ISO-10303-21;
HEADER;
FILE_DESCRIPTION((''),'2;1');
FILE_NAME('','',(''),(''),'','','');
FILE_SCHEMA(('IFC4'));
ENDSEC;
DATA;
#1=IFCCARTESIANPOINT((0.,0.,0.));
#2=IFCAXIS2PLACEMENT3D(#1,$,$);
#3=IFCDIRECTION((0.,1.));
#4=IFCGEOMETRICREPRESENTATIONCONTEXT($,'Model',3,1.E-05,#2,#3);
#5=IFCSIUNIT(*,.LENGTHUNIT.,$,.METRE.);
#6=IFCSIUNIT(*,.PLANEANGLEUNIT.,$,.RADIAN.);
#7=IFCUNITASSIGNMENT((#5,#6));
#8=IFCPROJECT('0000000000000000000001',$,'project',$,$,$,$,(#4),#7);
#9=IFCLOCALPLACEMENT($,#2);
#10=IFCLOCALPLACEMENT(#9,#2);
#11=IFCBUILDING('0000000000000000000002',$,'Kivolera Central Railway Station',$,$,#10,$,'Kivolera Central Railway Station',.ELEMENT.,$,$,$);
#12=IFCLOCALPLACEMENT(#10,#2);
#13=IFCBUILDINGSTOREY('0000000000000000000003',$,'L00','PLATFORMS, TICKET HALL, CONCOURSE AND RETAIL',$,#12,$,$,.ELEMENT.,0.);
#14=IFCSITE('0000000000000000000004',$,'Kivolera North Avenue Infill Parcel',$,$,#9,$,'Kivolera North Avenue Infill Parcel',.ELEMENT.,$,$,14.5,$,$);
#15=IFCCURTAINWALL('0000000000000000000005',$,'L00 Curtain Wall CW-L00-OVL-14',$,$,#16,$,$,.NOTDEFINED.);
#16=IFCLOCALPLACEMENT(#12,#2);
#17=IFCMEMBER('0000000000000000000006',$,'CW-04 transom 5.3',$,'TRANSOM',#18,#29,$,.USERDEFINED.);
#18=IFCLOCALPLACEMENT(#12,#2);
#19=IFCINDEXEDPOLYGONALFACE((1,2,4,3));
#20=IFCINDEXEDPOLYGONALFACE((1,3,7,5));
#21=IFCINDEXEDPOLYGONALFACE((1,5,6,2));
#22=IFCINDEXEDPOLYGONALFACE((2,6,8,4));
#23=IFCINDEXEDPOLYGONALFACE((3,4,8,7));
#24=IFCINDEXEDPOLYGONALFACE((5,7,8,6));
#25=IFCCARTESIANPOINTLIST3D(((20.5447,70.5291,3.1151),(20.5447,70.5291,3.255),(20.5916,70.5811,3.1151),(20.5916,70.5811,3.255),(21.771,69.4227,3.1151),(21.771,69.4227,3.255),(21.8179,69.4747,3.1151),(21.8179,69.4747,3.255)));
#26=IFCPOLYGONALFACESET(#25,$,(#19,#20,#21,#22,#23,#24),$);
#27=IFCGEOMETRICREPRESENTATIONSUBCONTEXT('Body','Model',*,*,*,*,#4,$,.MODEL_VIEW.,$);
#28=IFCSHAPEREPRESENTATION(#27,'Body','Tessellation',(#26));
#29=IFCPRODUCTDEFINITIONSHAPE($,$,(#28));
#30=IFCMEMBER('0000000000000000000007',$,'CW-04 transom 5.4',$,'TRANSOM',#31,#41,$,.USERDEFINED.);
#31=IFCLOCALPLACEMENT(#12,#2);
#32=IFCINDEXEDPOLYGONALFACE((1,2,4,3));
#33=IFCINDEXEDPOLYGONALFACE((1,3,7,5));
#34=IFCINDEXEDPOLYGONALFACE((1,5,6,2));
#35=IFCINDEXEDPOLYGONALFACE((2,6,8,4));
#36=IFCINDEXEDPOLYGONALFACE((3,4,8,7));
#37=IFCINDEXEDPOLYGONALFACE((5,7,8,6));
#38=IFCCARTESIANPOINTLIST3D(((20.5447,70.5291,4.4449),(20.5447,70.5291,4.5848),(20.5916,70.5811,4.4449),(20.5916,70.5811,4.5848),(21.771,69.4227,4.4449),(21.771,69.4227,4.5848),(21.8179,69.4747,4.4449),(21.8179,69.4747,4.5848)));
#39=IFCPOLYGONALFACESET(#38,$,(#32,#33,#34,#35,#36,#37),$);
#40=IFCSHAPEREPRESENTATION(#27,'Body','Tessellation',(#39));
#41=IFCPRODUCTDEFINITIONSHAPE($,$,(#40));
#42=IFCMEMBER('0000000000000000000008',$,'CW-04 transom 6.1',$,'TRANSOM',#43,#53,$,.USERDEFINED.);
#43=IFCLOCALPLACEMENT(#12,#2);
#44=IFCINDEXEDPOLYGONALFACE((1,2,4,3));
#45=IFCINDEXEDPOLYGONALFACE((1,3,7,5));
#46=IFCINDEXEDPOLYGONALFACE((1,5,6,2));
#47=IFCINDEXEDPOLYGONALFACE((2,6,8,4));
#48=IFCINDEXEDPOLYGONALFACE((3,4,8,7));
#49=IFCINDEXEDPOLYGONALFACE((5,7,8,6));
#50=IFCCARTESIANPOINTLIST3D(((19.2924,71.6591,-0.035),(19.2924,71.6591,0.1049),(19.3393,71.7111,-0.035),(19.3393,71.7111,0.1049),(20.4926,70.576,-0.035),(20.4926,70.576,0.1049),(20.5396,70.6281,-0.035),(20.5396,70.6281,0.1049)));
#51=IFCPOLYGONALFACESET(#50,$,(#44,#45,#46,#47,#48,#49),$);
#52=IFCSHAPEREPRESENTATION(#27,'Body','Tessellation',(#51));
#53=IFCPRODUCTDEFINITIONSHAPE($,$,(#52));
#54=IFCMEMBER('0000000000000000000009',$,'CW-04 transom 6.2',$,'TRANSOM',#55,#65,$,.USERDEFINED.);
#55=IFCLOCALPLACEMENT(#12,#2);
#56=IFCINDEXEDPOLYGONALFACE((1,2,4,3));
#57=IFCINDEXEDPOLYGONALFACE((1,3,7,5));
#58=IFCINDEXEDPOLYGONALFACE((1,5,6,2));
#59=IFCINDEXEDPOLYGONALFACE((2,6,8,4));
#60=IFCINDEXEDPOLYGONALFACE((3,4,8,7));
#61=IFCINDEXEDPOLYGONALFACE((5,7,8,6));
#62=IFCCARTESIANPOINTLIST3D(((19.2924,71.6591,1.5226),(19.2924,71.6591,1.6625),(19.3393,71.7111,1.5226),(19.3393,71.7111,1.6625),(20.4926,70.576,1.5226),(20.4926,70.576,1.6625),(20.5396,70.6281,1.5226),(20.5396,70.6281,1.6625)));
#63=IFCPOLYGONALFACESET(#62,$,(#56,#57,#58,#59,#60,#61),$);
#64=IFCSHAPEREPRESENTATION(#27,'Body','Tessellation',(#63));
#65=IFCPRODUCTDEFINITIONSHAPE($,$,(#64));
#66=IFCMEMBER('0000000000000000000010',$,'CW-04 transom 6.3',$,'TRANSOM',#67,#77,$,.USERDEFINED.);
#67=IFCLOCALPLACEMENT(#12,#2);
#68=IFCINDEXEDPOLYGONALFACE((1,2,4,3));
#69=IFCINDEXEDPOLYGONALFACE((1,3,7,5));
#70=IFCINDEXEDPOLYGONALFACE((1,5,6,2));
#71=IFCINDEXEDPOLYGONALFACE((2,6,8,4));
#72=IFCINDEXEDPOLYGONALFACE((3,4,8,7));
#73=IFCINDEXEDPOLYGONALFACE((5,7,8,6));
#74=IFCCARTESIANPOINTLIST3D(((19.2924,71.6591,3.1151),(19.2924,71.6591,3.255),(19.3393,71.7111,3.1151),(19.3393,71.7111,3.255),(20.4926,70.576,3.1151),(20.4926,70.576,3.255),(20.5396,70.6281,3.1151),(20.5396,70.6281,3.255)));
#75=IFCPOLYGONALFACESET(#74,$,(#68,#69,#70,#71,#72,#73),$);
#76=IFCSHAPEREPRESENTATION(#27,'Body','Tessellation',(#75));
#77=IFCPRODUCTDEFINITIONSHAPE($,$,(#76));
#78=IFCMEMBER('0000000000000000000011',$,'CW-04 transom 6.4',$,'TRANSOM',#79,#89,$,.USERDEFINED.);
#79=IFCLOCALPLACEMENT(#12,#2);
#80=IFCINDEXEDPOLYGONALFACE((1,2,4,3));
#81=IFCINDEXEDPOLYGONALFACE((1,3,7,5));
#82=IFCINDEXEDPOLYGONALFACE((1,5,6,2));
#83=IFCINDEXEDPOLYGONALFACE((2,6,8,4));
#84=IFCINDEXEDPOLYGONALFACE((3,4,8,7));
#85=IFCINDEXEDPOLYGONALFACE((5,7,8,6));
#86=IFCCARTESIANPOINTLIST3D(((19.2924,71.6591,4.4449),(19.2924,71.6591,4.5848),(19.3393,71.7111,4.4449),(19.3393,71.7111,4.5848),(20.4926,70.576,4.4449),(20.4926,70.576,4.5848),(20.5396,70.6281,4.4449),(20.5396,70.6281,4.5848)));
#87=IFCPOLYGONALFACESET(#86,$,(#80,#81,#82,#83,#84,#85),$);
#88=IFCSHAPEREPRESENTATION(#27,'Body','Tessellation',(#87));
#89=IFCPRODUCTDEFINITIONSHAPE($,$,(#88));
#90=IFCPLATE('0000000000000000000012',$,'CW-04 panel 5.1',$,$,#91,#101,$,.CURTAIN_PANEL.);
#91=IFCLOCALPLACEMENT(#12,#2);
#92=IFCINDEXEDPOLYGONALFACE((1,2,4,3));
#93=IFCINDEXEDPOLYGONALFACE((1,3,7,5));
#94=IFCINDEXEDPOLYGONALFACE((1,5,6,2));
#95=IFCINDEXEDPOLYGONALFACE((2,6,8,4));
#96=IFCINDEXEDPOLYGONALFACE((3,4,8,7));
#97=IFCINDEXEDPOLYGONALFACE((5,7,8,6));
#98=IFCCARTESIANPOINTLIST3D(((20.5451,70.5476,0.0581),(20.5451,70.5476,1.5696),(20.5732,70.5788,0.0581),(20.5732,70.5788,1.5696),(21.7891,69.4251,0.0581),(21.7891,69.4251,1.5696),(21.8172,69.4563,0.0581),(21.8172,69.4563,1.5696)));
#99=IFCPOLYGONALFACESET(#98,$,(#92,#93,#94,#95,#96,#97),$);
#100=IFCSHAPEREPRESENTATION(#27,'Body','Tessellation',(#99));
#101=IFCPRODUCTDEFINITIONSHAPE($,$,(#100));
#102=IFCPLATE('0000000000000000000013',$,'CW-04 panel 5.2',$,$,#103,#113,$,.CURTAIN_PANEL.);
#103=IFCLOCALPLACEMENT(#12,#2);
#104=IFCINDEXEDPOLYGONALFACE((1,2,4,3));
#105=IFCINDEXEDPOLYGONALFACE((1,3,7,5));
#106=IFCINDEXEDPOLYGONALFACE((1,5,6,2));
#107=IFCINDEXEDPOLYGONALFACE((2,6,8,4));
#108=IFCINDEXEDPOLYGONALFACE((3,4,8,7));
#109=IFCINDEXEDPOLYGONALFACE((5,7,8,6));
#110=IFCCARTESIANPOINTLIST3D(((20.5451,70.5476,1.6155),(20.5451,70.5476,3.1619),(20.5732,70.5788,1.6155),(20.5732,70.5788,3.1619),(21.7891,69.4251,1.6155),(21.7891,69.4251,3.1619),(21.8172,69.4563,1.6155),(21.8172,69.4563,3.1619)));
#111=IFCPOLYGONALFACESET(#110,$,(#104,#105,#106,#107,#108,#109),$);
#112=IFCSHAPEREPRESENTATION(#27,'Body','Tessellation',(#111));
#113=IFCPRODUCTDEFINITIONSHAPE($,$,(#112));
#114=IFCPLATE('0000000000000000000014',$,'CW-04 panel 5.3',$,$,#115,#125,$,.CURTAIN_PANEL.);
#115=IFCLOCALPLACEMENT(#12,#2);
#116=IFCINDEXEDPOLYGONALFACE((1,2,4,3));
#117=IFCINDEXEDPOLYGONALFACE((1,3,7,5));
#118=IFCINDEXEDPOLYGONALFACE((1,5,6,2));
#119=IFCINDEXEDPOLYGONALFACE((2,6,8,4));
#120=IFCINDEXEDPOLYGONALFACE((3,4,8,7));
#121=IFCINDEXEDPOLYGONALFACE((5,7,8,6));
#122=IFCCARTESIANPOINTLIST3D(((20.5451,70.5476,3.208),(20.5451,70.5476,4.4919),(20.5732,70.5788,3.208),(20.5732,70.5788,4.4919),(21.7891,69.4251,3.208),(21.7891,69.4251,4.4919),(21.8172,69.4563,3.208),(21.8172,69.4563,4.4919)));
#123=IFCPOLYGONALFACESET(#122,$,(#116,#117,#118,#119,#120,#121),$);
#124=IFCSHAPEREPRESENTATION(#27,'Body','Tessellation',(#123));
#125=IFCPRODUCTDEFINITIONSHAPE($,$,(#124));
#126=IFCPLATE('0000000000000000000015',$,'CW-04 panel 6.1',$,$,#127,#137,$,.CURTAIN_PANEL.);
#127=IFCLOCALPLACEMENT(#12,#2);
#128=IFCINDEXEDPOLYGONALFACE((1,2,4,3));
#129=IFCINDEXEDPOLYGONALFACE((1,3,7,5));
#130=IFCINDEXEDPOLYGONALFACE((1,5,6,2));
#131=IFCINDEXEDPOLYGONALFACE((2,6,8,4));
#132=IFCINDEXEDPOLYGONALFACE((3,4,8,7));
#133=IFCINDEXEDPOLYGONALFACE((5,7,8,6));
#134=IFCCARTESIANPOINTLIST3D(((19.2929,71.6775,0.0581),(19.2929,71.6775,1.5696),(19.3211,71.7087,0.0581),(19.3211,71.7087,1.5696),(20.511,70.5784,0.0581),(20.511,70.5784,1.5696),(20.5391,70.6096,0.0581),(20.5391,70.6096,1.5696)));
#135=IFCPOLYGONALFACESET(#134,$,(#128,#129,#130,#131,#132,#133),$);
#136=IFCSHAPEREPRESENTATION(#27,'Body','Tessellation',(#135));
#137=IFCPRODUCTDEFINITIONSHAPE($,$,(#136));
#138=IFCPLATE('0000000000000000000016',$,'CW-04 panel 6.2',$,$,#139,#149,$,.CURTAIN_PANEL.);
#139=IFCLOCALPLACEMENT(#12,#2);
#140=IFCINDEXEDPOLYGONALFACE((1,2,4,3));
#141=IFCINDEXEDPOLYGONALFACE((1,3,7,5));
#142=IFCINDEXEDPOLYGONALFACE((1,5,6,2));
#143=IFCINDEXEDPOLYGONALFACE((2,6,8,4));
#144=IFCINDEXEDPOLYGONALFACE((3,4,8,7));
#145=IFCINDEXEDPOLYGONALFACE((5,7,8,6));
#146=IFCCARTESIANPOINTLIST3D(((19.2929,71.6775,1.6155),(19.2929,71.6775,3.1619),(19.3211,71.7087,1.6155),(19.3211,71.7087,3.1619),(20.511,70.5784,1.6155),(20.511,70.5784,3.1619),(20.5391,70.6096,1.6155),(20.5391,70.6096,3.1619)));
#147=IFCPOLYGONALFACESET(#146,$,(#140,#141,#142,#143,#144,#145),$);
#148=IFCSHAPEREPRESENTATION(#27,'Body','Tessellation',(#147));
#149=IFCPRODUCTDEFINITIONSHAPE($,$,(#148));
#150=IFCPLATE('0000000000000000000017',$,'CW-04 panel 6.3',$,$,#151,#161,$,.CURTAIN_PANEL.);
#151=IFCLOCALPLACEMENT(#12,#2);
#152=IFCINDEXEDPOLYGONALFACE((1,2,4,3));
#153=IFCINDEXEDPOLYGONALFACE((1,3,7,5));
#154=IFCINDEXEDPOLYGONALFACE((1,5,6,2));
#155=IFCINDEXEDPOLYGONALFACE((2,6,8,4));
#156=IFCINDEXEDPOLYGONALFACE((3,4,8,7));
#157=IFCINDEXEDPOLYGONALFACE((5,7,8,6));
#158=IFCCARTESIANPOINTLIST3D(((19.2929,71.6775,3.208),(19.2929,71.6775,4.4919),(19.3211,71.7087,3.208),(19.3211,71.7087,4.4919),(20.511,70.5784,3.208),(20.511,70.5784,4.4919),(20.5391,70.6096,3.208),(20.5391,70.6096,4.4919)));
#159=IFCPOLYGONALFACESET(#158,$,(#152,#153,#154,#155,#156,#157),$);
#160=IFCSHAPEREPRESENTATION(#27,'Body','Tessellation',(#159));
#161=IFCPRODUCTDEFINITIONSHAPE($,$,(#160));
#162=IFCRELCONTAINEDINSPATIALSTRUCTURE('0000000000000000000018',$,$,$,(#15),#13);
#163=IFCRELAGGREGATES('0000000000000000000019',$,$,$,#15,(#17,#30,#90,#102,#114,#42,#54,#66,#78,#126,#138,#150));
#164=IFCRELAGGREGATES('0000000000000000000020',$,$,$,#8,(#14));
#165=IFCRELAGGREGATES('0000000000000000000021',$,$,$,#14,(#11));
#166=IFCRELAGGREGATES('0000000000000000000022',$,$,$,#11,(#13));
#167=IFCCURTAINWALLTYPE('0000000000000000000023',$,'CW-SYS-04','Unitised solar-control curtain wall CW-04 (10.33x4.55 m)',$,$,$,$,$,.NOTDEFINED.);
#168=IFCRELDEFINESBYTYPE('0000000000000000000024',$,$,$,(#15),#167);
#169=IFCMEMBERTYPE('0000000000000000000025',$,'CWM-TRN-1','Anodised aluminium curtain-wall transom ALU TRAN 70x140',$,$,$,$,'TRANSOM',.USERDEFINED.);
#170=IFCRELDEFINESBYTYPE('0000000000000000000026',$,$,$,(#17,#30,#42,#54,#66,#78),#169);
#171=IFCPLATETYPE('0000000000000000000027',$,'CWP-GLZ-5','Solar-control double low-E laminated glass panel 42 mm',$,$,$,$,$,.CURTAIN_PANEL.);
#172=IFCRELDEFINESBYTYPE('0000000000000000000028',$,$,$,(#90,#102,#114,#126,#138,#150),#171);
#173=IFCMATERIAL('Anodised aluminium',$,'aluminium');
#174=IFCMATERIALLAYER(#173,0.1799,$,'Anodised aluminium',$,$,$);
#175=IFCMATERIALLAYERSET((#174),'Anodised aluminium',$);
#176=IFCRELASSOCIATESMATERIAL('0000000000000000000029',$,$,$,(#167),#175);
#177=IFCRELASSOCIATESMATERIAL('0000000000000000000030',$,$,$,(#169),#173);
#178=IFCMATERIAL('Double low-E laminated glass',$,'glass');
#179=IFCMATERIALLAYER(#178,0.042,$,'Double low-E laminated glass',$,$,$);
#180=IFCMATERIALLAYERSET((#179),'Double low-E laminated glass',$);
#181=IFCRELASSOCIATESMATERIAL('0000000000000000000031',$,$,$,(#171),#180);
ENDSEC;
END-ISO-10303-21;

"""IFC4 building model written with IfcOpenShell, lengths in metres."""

from ifc_helpers import new_model, si_unit, direction, frame, origin, origin_2d, place, context, subcontext, project, spatial, rectangle, extrude, material, layer, layer_set, material_profile, profile_set, type_object, element, aggregate, save


model = new_model("IFC4")

# Units and contexts
model_context = context("Model", 3, precision=1e-05, world=origin(), true_north=direction((0.0, 1.0)))
body_context = subcontext(model_context, "Body", "Model", "MODEL_VIEW")
ifc_project = project(units=[si_unit("LENGTHUNIT", "METRE"), si_unit("PLANEANGLEUNIT", "RADIAN")], contexts=[model_context])

# Site, building, storey
site_placement = place(None, origin())
site = spatial("IfcSite", under=ifc_project, at=site_placement, Name="Kivolera North Avenue Infill Parcel", LongName="Kivolera North Avenue Infill Parcel", CompositionType="ELEMENT", RefElevation=14.5)
building_placement = place(site_placement, origin())
building = spatial("IfcBuilding", under=site, at=building_placement, Name="Kivolera Central Railway Station", LongName="Kivolera Central Railway Station", CompositionType="ELEMENT")
storey_placement = place(building_placement, origin())
storey = spatial("IfcBuildingStorey", under=building, at=storey_placement, Name="L00", Description="PLATFORMS, TICKET HALL, CONCOURSE AND RETAIL", CompositionType="ELEMENT", Elevation=0.0)

# Shared definitions
ifc_material_1 = material(Name="Anodised aluminium", Category="aluminium")

# Curtain wall
ifc_layer_1 = layer(ifc_material_1, 0.1799, Name="Anodised aluminium")
ifc_layer_set_1 = layer_set([ifc_layer_1], Name="Anodised aluminium")
curtain_wall_type_1 = type_object("IfcCurtainWallType", Name="CW-SYS-04", Description="Unitised solar-control curtain wall CW-04 (10.33x4.55 m)", PredefinedType="NOTDEFINED", material=ifc_layer_set_1)
curtain_wall_1_placement = place(storey_placement, origin())
curtain_wall_1 = element("IfcCurtainWall", 1, at=curtain_wall_1_placement, inside=storey, type_object=curtain_wall_type_1, Name="L00 Curtain Wall CW-L00-OVL-14", PredefinedType="NOTDEFINED")

# Members
ifc_material_profile_1 = material_profile(ifc_material_1, rectangle(XDim=0.0701, YDim=0.1399, at=origin_2d()), Name="ALU TRAN 70x140")
ifc_profile_set_1 = profile_set([ifc_material_profile_1], Name="Anodised aluminium")
member_type_1 = type_object("IfcMemberType", Name="CWM-TRN-1", Description="Anodised aluminium curtain-wall transom ALU TRAN 70x140", ElementType="TRANSOM", PredefinedType="USERDEFINED", material=ifc_profile_set_1)
member_1_placement = place(storey_placement, frame((21.7944, 69.4487, 3.1851), z_axis=(-0.742463, 0.669887, 0.0), x_axis=(-0.669887, -0.742463, 0.0)))
member_1 = element("IfcMember", 2, at=member_1_placement, type_object=member_type_1, Name="CW-04 transom 5.3", ObjectType="TRANSOM", PredefinedType="USERDEFINED", context=body_context, shape_type="SweptSolid", body=[
    extrude(rectangle(XDim=0.0701, YDim=0.1399, at=origin_2d()), origin(), (0.0, 0.0, 1.0), 1.6516),
])
member_2_placement = place(storey_placement, frame((21.7944, 69.4487, 4.5149), z_axis=(-0.742463, 0.669887, 0.0), x_axis=(-0.669887, -0.742463, 0.0)))
member_2 = element("IfcMember", 3, at=member_2_placement, type_object=member_type_1, Name="CW-04 transom 5.4", ObjectType="TRANSOM", PredefinedType="USERDEFINED", context=body_context, shape_type="SweptSolid", body=[
    extrude(rectangle(XDim=0.0701, YDim=0.1399, at=origin_2d()), origin(), (0.0, 0.0, 1.0), 1.6516),
])
member_3_placement = place(storey_placement, frame((20.5161, 70.6021, 0.0349), z_axis=(-0.742422, 0.669932, 0.0), x_axis=(-0.669932, -0.742422, 0.0)))
member_3 = element("IfcMember", 4, at=member_3_placement, type_object=member_type_1, Name="CW-04 transom 6.1", ObjectType="TRANSOM", PredefinedType="USERDEFINED", context=body_context, shape_type="SweptSolid", body=[
    extrude(rectangle(XDim=0.0701, YDim=0.1399, at=origin_2d()), origin(), (0.0, 0.0, 1.0), 1.6167),
])
member_4_placement = place(storey_placement, frame((20.5161, 70.6021, 1.5925), z_axis=(-0.742422, 0.669932, 0.0), x_axis=(-0.669932, -0.742422, 0.0)))
member_4 = element("IfcMember", 5, at=member_4_placement, type_object=member_type_1, Name="CW-04 transom 6.2", ObjectType="TRANSOM", PredefinedType="USERDEFINED", context=body_context, shape_type="SweptSolid", body=[
    extrude(rectangle(XDim=0.0701, YDim=0.1399, at=origin_2d()), origin(), (0.0, 0.0, 1.0), 1.6167),
])
member_5_placement = place(storey_placement, frame((20.5161, 70.6021, 3.1851), z_axis=(-0.742422, 0.669932, 0.0), x_axis=(-0.669932, -0.742422, 0.0)))
member_5 = element("IfcMember", 6, at=member_5_placement, type_object=member_type_1, Name="CW-04 transom 6.3", ObjectType="TRANSOM", PredefinedType="USERDEFINED", context=body_context, shape_type="SweptSolid", body=[
    extrude(rectangle(XDim=0.0701, YDim=0.1399, at=origin_2d()), origin(), (0.0, 0.0, 1.0), 1.6167),
])
member_6_placement = place(storey_placement, frame((20.5161, 70.6021, 4.5149), z_axis=(-0.742422, 0.669932, 0.0), x_axis=(-0.669932, -0.742422, 0.0)))
member_6 = element("IfcMember", 7, at=member_6_placement, type_object=member_type_1, Name="CW-04 transom 6.4", ObjectType="TRANSOM", PredefinedType="USERDEFINED", context=body_context, shape_type="SweptSolid", body=[
    extrude(rectangle(XDim=0.0701, YDim=0.1399, at=origin_2d()), origin(), (0.0, 0.0, 1.0), 1.6167),
])

# Plates
ifc_material_2 = material(Name="Double low-E laminated glass", Category="glass")
ifc_layer_2 = layer(ifc_material_2, 0.042, Name="Double low-E laminated glass")
ifc_layer_set_2 = layer_set([ifc_layer_2], Name="Double low-E laminated glass")
plate_type = type_object("IfcPlateType", Name="CWP-GLZ-5", Description="Solar-control double low-E laminated glass panel 42 mm", PredefinedType="CURTAIN_PANEL", material=ifc_layer_set_2)
plate_1_placement = place(storey_placement, frame((21.1812, 70.002, 0.0581), z_axis=(0.0, 0.0, 1.0), x_axis=(-0.742432, 0.669922, 0.0)))
plate_1 = element("IfcPlate", 8, at=plate_1_placement, type_object=plate_type, Name="CW-04 panel 5.1", PredefinedType="CURTAIN_PANEL", context=body_context, shape_type="SweptSolid", body=[
    extrude(rectangle(XDim=1.6755, YDim=0.042, at=origin_2d()), origin(), (0.0, 0.0, 1.0), 1.5115),
])
plate_2_placement = place(storey_placement, frame((21.1812, 70.002, 1.6155), z_axis=(0.0, 0.0, 1.0), x_axis=(-0.742432, 0.669922, 0.0)))
plate_2 = element("IfcPlate", 9, at=plate_2_placement, type_object=plate_type, Name="CW-04 panel 5.2", PredefinedType="CURTAIN_PANEL", context=body_context, shape_type="SweptSolid", body=[
    extrude(rectangle(XDim=1.6755, YDim=0.042, at=origin_2d()), origin(), (0.0, 0.0, 1.0), 1.5464),
])
plate_3_placement = place(storey_placement, frame((21.1812, 70.002, 3.208), z_axis=(0.0, 0.0, 1.0), x_axis=(-0.742432, 0.669922, 0.0)))
plate_3 = element("IfcPlate", 10, at=plate_3_placement, type_object=plate_type, Name="CW-04 panel 5.3", PredefinedType="CURTAIN_PANEL", context=body_context, shape_type="SweptSolid", body=[
    extrude(rectangle(XDim=1.6755, YDim=0.042, at=origin_2d()), origin(), (0.0, 0.0, 1.0), 1.2839),
])
plate_4_placement = place(storey_placement, frame((19.916, 71.1436, 0.0581), z_axis=(0.0, 0.0, 1.0), x_axis=(-0.742432, 0.669922, 0.0)))
plate_4 = element("IfcPlate", 11, at=plate_4_placement, type_object=plate_type, Name="CW-04 panel 6.1", PredefinedType="CURTAIN_PANEL", context=body_context, shape_type="SweptSolid", body=[
    extrude(rectangle(XDim=1.6406, YDim=0.042, at=origin_2d()), origin(), (0.0, 0.0, 1.0), 1.5115),
])
plate_5_placement = place(storey_placement, frame((19.916, 71.1436, 1.6155), z_axis=(0.0, 0.0, 1.0), x_axis=(-0.742432, 0.669922, 0.0)))
plate_5 = element("IfcPlate", 12, at=plate_5_placement, type_object=plate_type, Name="CW-04 panel 6.2", PredefinedType="CURTAIN_PANEL", context=body_context, shape_type="SweptSolid", body=[
    extrude(rectangle(XDim=1.6406, YDim=0.042, at=origin_2d()), origin(), (0.0, 0.0, 1.0), 1.5464),
])
plate_6_placement = place(storey_placement, frame((19.916, 71.1436, 3.208), z_axis=(0.0, 0.0, 1.0), x_axis=(-0.742432, 0.669922, 0.0)))
plate_6 = element("IfcPlate", 13, at=plate_6_placement, type_object=plate_type, Name="CW-04 panel 6.3", PredefinedType="CURTAIN_PANEL", context=body_context, shape_type="SweptSolid", body=[
    extrude(rectangle(XDim=1.6406, YDim=0.042, at=origin_2d()), origin(), (0.0, 0.0, 1.0), 1.2839),
])
aggregate(curtain_wall_1, [member_1, member_2, plate_1, plate_2, plate_3, member_3, member_4, member_5, member_6, plate_4, plate_5, plate_6])

save(model, "model.ifc")
